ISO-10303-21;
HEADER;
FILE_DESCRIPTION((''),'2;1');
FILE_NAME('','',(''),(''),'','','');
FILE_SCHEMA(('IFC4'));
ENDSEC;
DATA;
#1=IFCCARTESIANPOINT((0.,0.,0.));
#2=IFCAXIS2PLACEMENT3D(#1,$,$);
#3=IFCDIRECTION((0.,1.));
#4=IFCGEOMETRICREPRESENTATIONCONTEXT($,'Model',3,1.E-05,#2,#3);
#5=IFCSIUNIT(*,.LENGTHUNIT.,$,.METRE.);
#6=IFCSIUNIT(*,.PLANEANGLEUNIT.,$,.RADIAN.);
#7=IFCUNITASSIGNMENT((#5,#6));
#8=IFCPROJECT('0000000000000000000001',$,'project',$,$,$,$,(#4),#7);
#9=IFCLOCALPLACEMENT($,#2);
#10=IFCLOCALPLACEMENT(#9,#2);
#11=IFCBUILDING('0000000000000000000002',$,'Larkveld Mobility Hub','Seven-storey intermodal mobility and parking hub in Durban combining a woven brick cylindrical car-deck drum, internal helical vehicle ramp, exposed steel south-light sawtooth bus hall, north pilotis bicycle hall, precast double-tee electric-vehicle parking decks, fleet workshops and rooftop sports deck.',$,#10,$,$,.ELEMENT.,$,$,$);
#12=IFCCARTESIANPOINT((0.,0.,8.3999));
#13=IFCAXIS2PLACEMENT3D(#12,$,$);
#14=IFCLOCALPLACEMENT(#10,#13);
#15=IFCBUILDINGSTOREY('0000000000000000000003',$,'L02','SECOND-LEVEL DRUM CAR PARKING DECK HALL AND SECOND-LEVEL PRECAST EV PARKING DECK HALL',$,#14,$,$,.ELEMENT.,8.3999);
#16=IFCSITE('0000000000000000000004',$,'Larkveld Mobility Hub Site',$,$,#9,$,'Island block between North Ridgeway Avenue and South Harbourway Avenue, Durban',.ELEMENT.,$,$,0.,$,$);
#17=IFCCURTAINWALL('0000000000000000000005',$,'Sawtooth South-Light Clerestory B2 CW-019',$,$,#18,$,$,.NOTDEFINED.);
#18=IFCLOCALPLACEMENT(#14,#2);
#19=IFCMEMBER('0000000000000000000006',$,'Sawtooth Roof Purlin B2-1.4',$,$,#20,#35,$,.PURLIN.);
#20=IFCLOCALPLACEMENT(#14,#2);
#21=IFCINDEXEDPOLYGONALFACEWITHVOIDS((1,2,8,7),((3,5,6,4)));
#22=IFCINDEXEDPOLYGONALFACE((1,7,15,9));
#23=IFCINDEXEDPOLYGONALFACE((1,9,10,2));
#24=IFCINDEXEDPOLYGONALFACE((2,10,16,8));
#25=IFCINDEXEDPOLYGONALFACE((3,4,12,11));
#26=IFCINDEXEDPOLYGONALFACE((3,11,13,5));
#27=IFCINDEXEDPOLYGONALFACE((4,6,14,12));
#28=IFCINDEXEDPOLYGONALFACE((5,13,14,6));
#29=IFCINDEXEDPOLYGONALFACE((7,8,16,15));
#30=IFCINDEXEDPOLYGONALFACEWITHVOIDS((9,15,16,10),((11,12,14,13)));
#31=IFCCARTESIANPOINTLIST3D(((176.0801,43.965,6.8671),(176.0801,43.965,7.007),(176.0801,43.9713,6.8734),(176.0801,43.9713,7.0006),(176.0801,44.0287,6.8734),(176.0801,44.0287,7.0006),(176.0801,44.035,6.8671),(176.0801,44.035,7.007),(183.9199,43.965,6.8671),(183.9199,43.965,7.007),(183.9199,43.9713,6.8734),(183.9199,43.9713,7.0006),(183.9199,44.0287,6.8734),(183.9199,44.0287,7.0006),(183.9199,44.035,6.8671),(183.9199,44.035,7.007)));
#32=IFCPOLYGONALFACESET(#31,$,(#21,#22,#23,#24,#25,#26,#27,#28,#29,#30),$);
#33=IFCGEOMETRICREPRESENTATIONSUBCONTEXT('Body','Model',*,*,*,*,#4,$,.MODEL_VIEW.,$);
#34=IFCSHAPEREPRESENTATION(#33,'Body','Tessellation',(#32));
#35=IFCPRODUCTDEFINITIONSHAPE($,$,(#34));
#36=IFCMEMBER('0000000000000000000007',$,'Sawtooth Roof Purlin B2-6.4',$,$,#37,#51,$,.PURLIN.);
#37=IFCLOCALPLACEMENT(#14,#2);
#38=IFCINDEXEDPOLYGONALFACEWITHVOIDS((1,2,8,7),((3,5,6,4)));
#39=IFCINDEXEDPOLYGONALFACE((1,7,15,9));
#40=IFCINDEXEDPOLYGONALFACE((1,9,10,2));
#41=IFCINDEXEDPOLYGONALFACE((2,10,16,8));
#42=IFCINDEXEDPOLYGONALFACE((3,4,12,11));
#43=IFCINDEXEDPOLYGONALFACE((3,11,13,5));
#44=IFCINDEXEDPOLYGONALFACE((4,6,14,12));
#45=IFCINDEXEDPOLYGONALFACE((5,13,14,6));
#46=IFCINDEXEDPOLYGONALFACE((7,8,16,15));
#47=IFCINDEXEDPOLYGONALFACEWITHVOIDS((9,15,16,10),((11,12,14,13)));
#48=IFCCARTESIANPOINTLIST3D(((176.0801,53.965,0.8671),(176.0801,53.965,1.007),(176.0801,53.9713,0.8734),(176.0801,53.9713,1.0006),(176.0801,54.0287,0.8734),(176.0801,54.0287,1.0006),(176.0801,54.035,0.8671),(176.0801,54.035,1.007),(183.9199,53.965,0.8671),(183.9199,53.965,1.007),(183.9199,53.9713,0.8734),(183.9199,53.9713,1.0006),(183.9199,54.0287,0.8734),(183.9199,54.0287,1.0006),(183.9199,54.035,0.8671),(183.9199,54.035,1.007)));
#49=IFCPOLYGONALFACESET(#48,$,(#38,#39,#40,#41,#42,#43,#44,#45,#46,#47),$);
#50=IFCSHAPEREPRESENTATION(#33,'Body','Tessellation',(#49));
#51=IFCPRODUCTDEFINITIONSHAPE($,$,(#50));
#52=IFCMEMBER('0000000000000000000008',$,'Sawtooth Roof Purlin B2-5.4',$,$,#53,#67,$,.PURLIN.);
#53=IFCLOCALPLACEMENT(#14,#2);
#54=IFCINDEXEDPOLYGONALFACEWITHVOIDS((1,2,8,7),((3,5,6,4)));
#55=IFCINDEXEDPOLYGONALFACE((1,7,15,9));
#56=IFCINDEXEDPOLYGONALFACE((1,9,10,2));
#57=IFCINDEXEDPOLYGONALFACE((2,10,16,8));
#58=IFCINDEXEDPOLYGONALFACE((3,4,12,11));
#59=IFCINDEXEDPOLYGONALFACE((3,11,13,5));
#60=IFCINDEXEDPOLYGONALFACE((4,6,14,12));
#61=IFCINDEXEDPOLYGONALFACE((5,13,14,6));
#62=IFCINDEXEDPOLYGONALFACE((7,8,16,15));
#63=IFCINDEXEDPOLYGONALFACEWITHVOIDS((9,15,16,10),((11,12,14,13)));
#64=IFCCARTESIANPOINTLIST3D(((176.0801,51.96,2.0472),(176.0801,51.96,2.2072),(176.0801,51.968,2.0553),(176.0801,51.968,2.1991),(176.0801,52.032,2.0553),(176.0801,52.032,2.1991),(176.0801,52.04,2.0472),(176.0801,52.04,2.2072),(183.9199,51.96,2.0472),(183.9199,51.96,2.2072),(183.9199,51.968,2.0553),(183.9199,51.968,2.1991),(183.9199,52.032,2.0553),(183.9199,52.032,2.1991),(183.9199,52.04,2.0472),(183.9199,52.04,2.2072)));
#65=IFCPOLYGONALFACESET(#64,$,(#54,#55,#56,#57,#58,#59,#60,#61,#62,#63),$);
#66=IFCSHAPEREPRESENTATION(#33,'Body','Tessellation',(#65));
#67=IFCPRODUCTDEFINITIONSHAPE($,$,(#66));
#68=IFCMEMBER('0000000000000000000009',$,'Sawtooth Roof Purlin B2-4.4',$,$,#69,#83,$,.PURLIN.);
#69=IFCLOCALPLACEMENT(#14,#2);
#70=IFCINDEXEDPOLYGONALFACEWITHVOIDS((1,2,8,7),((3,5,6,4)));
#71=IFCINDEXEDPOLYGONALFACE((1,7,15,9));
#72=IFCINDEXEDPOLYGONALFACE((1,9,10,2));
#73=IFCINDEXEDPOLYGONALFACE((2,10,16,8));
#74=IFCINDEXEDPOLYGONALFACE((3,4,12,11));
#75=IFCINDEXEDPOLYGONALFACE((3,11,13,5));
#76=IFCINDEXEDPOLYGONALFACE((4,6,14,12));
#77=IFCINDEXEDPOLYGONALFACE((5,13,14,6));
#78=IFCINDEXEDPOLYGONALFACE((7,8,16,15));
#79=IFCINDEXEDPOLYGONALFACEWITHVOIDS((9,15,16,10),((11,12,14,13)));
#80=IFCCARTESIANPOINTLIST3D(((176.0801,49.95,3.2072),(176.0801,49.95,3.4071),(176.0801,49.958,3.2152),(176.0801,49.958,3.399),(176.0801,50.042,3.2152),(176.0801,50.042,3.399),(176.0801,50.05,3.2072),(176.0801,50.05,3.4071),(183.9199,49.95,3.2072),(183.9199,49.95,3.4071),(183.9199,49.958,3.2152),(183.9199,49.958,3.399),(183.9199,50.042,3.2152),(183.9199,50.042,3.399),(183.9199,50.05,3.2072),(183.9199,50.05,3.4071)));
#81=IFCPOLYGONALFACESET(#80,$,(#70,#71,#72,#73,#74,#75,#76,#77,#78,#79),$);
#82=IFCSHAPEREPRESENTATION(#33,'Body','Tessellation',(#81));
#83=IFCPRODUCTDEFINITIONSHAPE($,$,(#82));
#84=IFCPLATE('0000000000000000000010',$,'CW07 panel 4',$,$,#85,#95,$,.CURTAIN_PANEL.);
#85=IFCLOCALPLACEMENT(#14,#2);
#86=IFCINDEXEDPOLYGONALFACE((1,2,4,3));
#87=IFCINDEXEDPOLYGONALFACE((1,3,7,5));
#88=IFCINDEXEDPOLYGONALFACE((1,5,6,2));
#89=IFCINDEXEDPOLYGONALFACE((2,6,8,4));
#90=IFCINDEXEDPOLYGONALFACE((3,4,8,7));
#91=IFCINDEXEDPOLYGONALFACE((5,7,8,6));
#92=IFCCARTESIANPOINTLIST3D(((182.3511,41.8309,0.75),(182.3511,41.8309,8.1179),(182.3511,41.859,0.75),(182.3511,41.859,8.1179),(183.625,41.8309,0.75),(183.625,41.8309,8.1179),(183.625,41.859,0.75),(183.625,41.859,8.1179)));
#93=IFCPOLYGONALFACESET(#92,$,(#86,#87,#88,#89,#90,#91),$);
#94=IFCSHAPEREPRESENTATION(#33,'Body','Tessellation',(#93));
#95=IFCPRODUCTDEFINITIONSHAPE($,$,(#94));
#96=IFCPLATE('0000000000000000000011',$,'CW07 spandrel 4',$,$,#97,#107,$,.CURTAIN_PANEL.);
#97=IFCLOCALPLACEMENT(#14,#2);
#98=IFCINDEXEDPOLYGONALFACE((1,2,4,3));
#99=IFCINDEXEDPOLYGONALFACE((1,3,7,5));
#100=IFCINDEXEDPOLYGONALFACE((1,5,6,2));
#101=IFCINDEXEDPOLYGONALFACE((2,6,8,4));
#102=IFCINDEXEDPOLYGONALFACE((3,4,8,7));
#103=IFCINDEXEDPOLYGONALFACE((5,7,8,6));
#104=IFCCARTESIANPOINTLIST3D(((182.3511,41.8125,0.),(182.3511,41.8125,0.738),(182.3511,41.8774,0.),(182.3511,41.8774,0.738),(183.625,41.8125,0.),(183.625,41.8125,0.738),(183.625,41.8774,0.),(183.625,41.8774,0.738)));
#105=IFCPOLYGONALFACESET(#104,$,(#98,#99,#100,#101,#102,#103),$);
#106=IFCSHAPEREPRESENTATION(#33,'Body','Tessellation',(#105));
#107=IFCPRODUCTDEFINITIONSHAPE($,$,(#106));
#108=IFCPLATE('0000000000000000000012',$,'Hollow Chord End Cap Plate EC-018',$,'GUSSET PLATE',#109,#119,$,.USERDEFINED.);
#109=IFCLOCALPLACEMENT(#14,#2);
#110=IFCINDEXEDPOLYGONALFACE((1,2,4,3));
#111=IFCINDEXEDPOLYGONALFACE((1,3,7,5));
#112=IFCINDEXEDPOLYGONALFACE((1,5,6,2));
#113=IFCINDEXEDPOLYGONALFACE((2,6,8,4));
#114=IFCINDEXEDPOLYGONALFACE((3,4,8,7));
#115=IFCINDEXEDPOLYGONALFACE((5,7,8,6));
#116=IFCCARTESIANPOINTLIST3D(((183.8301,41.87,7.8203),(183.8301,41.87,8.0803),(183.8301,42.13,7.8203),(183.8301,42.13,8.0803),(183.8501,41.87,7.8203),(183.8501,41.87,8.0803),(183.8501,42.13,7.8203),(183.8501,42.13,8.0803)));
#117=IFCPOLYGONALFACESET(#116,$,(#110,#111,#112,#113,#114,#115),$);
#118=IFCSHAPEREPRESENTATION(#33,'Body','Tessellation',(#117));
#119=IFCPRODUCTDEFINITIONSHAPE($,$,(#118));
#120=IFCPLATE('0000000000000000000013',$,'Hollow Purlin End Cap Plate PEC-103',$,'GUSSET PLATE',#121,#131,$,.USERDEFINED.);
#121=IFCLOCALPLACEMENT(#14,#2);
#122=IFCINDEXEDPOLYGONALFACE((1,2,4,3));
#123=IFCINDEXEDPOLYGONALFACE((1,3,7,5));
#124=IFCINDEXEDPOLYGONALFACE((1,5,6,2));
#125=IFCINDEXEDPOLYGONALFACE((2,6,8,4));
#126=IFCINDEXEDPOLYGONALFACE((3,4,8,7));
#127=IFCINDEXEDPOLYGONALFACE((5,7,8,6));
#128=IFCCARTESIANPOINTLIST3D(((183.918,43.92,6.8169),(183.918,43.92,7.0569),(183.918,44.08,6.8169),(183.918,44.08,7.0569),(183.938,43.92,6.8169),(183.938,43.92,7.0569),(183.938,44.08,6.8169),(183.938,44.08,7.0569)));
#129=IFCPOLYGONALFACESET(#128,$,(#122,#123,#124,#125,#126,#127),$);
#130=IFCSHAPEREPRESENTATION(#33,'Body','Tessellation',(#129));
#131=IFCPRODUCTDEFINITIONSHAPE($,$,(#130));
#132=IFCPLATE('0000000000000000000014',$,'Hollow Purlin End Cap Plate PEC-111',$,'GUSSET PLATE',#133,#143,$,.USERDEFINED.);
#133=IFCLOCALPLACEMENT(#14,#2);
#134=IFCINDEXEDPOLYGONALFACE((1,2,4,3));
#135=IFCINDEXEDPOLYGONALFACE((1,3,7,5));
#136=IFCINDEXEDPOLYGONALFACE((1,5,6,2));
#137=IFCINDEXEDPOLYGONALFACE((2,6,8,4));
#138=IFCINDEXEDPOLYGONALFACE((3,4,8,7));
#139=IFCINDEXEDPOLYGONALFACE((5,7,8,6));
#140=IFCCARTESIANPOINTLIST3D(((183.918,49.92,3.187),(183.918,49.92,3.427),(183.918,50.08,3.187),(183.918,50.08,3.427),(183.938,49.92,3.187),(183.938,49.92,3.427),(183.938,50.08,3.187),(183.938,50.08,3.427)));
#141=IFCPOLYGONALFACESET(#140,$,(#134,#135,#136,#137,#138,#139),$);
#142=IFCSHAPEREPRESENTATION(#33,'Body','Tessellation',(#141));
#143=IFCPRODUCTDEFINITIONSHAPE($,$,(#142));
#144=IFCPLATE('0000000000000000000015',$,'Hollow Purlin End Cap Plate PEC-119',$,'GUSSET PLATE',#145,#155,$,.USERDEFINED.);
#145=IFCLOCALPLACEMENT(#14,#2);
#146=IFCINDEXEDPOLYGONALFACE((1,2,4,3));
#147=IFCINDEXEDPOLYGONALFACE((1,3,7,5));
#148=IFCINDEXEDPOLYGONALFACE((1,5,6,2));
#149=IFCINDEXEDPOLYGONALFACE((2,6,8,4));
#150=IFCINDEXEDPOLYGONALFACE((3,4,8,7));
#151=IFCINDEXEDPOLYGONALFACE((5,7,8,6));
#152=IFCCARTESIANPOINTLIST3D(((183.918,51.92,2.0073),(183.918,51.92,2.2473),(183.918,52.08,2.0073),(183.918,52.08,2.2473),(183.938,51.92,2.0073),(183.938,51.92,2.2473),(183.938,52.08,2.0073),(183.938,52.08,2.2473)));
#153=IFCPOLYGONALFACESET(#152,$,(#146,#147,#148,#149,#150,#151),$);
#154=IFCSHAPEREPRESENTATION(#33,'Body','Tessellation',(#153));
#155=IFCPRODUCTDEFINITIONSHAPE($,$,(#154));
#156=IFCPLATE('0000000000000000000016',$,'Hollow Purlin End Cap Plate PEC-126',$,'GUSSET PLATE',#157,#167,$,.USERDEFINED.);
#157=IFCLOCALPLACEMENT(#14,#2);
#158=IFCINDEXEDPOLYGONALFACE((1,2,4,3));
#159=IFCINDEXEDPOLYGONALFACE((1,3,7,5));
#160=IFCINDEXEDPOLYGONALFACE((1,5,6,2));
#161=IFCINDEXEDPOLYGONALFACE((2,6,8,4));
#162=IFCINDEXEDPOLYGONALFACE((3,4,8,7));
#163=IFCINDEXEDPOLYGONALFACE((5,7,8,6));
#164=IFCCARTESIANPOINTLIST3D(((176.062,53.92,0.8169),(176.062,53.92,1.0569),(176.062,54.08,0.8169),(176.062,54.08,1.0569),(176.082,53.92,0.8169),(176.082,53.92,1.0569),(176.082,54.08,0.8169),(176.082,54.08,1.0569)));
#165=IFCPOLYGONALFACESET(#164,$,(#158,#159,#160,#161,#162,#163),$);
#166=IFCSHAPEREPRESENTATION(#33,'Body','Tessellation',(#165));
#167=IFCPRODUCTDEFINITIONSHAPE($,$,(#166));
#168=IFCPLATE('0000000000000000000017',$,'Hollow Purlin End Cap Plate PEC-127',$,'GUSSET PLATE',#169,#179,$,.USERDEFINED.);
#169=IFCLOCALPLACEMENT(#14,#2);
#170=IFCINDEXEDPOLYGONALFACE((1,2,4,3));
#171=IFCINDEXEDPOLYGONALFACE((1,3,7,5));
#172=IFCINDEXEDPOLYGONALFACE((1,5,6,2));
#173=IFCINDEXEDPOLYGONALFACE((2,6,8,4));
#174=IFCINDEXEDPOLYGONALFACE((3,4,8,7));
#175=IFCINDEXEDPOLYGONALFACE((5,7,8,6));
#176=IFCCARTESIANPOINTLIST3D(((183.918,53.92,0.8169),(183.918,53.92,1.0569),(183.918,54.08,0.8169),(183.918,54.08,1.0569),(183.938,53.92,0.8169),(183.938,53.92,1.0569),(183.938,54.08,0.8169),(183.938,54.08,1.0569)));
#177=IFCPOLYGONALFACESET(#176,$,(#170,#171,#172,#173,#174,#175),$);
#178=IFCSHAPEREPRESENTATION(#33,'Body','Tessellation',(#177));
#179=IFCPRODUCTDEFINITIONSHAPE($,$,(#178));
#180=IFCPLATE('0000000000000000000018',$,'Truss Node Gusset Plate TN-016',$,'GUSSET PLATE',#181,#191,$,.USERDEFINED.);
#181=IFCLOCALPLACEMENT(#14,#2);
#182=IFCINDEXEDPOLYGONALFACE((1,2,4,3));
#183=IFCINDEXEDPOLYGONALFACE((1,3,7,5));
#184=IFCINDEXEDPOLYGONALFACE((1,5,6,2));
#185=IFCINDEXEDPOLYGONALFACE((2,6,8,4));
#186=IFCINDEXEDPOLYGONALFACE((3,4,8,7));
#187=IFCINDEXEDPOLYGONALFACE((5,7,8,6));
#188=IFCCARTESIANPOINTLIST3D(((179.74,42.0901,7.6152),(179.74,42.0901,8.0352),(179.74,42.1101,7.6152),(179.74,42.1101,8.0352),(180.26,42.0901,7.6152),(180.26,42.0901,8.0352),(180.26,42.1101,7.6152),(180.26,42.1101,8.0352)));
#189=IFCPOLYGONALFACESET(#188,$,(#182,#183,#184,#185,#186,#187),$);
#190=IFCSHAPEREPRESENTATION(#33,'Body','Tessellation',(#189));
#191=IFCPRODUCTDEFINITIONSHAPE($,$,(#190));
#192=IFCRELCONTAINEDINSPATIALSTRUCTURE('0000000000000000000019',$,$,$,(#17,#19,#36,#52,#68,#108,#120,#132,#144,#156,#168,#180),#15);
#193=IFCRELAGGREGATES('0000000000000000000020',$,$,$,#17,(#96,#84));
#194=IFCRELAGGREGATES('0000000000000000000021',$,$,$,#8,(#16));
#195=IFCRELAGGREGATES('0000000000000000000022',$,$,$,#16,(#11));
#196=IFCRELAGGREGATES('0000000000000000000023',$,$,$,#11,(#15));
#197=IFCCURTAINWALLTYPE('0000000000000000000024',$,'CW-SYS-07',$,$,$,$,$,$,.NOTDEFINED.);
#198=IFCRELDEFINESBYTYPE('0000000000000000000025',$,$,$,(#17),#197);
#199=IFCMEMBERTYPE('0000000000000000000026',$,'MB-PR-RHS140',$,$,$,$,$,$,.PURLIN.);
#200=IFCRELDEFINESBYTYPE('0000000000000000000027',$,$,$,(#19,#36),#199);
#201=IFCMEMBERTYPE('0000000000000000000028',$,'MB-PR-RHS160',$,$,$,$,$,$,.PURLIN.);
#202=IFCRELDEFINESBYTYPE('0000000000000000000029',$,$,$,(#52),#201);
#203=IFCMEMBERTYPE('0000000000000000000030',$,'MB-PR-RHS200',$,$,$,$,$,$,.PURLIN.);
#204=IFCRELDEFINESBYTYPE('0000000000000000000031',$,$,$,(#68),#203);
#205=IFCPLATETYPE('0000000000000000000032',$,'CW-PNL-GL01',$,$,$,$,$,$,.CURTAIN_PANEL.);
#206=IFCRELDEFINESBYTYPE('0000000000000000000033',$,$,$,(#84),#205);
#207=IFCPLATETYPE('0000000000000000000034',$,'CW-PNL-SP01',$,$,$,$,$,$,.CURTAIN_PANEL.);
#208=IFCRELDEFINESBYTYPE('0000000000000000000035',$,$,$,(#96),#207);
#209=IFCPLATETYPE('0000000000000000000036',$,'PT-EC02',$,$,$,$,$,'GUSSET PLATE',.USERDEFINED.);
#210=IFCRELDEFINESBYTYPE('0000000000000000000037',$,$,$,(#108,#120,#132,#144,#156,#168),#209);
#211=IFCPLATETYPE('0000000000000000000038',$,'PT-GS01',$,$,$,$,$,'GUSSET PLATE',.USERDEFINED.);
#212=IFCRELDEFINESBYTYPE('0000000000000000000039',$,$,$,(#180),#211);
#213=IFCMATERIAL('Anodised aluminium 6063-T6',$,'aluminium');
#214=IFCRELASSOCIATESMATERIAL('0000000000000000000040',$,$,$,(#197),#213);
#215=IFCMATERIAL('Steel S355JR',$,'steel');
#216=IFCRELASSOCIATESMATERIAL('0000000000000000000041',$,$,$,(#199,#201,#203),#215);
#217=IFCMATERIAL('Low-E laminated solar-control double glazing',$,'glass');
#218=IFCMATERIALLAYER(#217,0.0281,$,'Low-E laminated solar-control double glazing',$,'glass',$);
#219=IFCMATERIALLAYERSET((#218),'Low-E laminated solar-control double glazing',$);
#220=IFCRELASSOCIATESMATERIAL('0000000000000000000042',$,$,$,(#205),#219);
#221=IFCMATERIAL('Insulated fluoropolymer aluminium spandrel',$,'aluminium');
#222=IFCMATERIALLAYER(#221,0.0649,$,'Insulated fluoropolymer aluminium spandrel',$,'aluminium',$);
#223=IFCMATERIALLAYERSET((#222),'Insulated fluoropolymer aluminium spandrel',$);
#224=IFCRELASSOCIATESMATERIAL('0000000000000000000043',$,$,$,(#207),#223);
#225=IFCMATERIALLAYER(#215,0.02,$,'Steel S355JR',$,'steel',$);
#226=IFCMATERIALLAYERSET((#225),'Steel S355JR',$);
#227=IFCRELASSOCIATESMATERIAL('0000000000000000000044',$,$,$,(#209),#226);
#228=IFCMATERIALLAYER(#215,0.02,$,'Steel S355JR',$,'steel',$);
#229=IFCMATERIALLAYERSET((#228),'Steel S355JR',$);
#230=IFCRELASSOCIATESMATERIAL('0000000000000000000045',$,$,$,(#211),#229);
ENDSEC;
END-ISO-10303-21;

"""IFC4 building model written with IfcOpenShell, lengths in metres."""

from ifc_helpers import new_model, si_unit, direction, frame, origin, origin_2d, place, context, subcontext, project, spatial, rectangle, hollow_rectangle, extrude, material, layer, layer_set, material_profile, profile_set, type_object, element, aggregate, save


model = new_model("IFC4")

# Units and contexts
model_context = context("Model", 3, precision=1e-05, world=origin(), true_north=direction((0.0, 1.0)))
body_context = subcontext(model_context, "Body", "Model", "MODEL_VIEW")
ifc_project = project(units=[si_unit("LENGTHUNIT", "METRE"), si_unit("PLANEANGLEUNIT", "RADIAN")], contexts=[model_context])

# Site, building, storey
site_placement = place(None, origin())
site = spatial("IfcSite", under=ifc_project, at=site_placement, Name="Larkveld Mobility Hub Site", LongName="Island block between North Ridgeway Avenue and South Harbourway Avenue, Durban", CompositionType="ELEMENT", RefElevation=0.0)
building_placement = place(site_placement, origin())
building = spatial("IfcBuilding", under=site, at=building_placement, Name="Larkveld Mobility Hub", Description="Seven-storey intermodal mobility and parking hub in Durban combining a woven brick cylindrical car-deck drum, internal helical vehicle ramp, exposed steel south-light sawtooth bus hall, north pilotis bicycle hall, precast double-tee electric-vehicle parking decks, fleet workshops and rooftop sports deck.", CompositionType="ELEMENT")
storey_placement = place(building_placement, frame((0.0, 0.0, 8.3999)))
storey = spatial("IfcBuildingStorey", under=building, at=storey_placement, Name="L02", Description="SECOND-LEVEL DRUM CAR PARKING DECK HALL AND SECOND-LEVEL PRECAST EV PARKING DECK HALL", CompositionType="ELEMENT", Elevation=8.3999)

# Shared definitions
ifc_material_1 = material(Name="Steel S355JR", Category="steel")

# Curtain wall
ifc_material_2 = material(Name="Anodised aluminium 6063-T6", Category="aluminium")
curtain_wall_type = type_object("IfcCurtainWallType", Name="CW-SYS-07", PredefinedType="NOTDEFINED", material=ifc_material_2)
curtain_wall_placement = place(storey_placement, origin())
curtain_wall = element("IfcCurtainWall", 1, at=curtain_wall_placement, inside=storey, type_object=curtain_wall_type, Name="Sawtooth South-Light Clerestory B2 CW-019", PredefinedType="NOTDEFINED")

# Members
ifc_material_profile_1 = material_profile(ifc_material_1, hollow_rectangle(XDim=0.0701, YDim=0.1399, WallThickness=0.0063, at=origin_2d()), Name="RHS 140x70x6.3")
ifc_profile_set_1 = profile_set([ifc_material_profile_1], Name="Steel S355JR")
member_type_1 = type_object("IfcMemberType", Name="MB-PR-RHS140", PredefinedType="PURLIN", material=ifc_profile_set_1)
for number, where, z_axis, x_axis, name in (
    (2, (176.0801, 44.0, 6.937), (1.0, 0.0, 0.0), (0.0, 1.0, 0.0), "Sawtooth Roof Purlin B2-1.4"),
    (3, (176.0801, 54.0, 0.937), (1.0, 0.0, 0.0), (0.0, 1.0, 0.0), "Sawtooth Roof Purlin B2-6.4"),
):
    element("IfcMember", number, at=place(storey_placement, frame(where, z_axis=z_axis, x_axis=x_axis)), inside=storey, type_object=member_type_1, Name=name, PredefinedType="PURLIN", context=body_context, shape_type="SweptSolid", body=[
        extrude(hollow_rectangle(XDim=0.0701, YDim=0.1399, WallThickness=0.0063, at=origin_2d()), origin(), (0.0, 0.0, 1.0), 7.8398),
    ])
ifc_material_profile_2 = material_profile(ifc_material_1, hollow_rectangle(XDim=0.0801, YDim=0.1599, WallThickness=0.0081, at=origin_2d()), Name="RHS 160x80x8")
ifc_profile_set_2 = profile_set([ifc_material_profile_2], Name="Steel S355JR")
member_type_2 = type_object("IfcMemberType", Name="MB-PR-RHS160", PredefinedType="PURLIN", material=ifc_profile_set_2)
member_1_placement = place(storey_placement, frame((176.0801, 52.0, 2.1272), z_axis=(1.0, 0.0, 0.0), x_axis=(0.0, 1.0, 0.0)))
element("IfcMember", 4, at=member_1_placement, inside=storey, type_object=member_type_2, Name="Sawtooth Roof Purlin B2-5.4", PredefinedType="PURLIN", context=body_context, shape_type="SweptSolid", body=[
    extrude(hollow_rectangle(XDim=0.0801, YDim=0.1599, WallThickness=0.0081, at=origin_2d()), origin(), (0.0, 0.0, 1.0), 7.8398),
])
ifc_material_profile_3 = material_profile(ifc_material_1, hollow_rectangle(XDim=0.1001, YDim=0.2, WallThickness=0.0081, at=origin_2d()), Name="RHS 200x100x8")
ifc_profile_set_3 = profile_set([ifc_material_profile_3], Name="Steel S355JR")
member_type_3 = type_object("IfcMemberType", Name="MB-PR-RHS200", PredefinedType="PURLIN", material=ifc_profile_set_3)
member_2_placement = place(storey_placement, frame((176.0801, 50.0, 3.3071), z_axis=(1.0, 0.0, 0.0), x_axis=(0.0, 1.0, 0.0)))
element("IfcMember", 5, at=member_2_placement, inside=storey, type_object=member_type_3, Name="Sawtooth Roof Purlin B2-4.4", PredefinedType="PURLIN", context=body_context, shape_type="SweptSolid", body=[
    extrude(hollow_rectangle(XDim=0.1001, YDim=0.2, WallThickness=0.0081, at=origin_2d()), origin(), (0.0, 0.0, 1.0), 7.8398),
])

# Plates
ifc_material_3 = material(Name="Low-E laminated solar-control double glazing", Category="glass")
ifc_layer_1 = layer(ifc_material_3, 0.0281, Name="Low-E laminated solar-control double glazing", Category="glass")
ifc_layer_set_1 = layer_set([ifc_layer_1], Name="Low-E laminated solar-control double glazing")
plate_type_1 = type_object("IfcPlateType", Name="CW-PNL-GL01", PredefinedType="CURTAIN_PANEL", material=ifc_layer_set_1)
plate_1_placement = place(storey_placement, frame((182.988, 41.845, 0.75), z_axis=(0.0, 0.0, 1.0), x_axis=(1.0, 0.0, 0.0)))
plate_1 = element("IfcPlate", 6, at=plate_1_placement, type_object=plate_type_1, Name="CW07 panel 4", PredefinedType="CURTAIN_PANEL", context=body_context, shape_type="SweptSolid", body=[
    extrude(rectangle(XDim=1.2739, YDim=0.0281, at=origin_2d()), origin(), (0.0, 0.0, 1.0), 7.3679),
])
ifc_material_4 = material(Name="Insulated fluoropolymer aluminium spandrel", Category="aluminium")
ifc_layer_2 = layer(ifc_material_4, 0.0649, Name="Insulated fluoropolymer aluminium spandrel", Category="aluminium")
ifc_layer_set_2 = layer_set([ifc_layer_2], Name="Insulated fluoropolymer aluminium spandrel")
plate_type_2 = type_object("IfcPlateType", Name="CW-PNL-SP01", PredefinedType="CURTAIN_PANEL", material=ifc_layer_set_2)
plate_2_placement = place(storey_placement, frame((182.988, 41.845, 0.0), z_axis=(0.0, 0.0, 1.0), x_axis=(1.0, 0.0, 0.0)))
plate_2 = element("IfcPlate", 7, at=plate_2_placement, type_object=plate_type_2, Name="CW07 spandrel 4", PredefinedType="CURTAIN_PANEL", context=body_context, shape_type="SweptSolid", body=[
    extrude(rectangle(XDim=1.2739, YDim=0.0649, at=origin_2d()), origin(), (0.0, 0.0, 1.0), 0.738),
])
aggregate(curtain_wall, [plate_2, plate_1])

# Plates
ifc_layer_3 = layer(ifc_material_1, 0.02, Name="Steel S355JR", Category="steel")
ifc_layer_set_3 = layer_set([ifc_layer_3], Name="Steel S355JR")
plate_type_3 = type_object("IfcPlateType", Name="PT-EC02", ElementType="GUSSET PLATE", PredefinedType="USERDEFINED", material=ifc_layer_set_3)
plate_3_placement = place(storey_placement, frame((183.8401, 42.0, 7.8203), z_axis=(0.0, 0.0, 1.0), x_axis=(1.0, 0.0, 0.0)))
element("IfcPlate", 8, at=plate_3_placement, inside=storey, type_object=plate_type_3, Name="Hollow Chord End Cap Plate EC-018", ObjectType="GUSSET PLATE", PredefinedType="USERDEFINED", context=body_context, shape_type="SweptSolid", body=[
    extrude(rectangle(XDim=0.02, YDim=0.26, at=origin_2d()), origin(), (0.0, 0.0, 1.0), 0.26),
])
for number, where, z_axis, x_axis, name in (
    (9, (183.928, 44.0, 6.8169), (0.0, 0.0, 1.0), (1.0, 0.0, 0.0), "Hollow Purlin End Cap Plate PEC-103"),
    (10, (183.928, 50.0, 3.187), (0.0, 0.0, 1.0), (1.0, 0.0, 0.0), "Hollow Purlin End Cap Plate PEC-111"),
    (11, (183.928, 52.0, 2.0073), (0.0, 0.0, 1.0), (1.0, 0.0, 0.0), "Hollow Purlin End Cap Plate PEC-119"),
    (12, (176.072, 54.0, 0.8169), (0.0, 0.0, 1.0), (1.0, 0.0, 0.0), "Hollow Purlin End Cap Plate PEC-126"),
    (13, (183.928, 54.0, 0.8169), (0.0, 0.0, 1.0), (1.0, 0.0, 0.0), "Hollow Purlin End Cap Plate PEC-127"),
):
    element("IfcPlate", number, at=place(storey_placement, frame(where, z_axis=z_axis, x_axis=x_axis)), inside=storey, type_object=plate_type_3, Name=name, ObjectType="GUSSET PLATE", PredefinedType="USERDEFINED", context=body_context, shape_type="SweptSolid", body=[
        extrude(rectangle(XDim=0.02, YDim=0.1599, at=origin_2d()), origin(), (0.0, 0.0, 1.0), 0.24),
    ])
ifc_layer_4 = layer(ifc_material_1, 0.02, Name="Steel S355JR", Category="steel")
ifc_layer_set_4 = layer_set([ifc_layer_4], Name="Steel S355JR")
plate_type_4 = type_object("IfcPlateType", Name="PT-GS01", ElementType="GUSSET PLATE", PredefinedType="USERDEFINED", material=ifc_layer_set_4)
plate_4_placement = place(storey_placement, frame((180.0, 42.1001, 7.6152), z_axis=(0.0, 0.0, 1.0), x_axis=(1.0, 0.0, 0.0)))
element("IfcPlate", 14, at=plate_4_placement, inside=storey, type_object=plate_type_4, Name="Truss Node Gusset Plate TN-016", ObjectType="GUSSET PLATE", PredefinedType="USERDEFINED", context=body_context, shape_type="SweptSolid", body=[
    extrude(rectangle(XDim=0.52, YDim=0.02, at=origin_2d()), origin(), (0.0, 0.0, 1.0), 0.4199),
])

save(model, "model.ifc")
